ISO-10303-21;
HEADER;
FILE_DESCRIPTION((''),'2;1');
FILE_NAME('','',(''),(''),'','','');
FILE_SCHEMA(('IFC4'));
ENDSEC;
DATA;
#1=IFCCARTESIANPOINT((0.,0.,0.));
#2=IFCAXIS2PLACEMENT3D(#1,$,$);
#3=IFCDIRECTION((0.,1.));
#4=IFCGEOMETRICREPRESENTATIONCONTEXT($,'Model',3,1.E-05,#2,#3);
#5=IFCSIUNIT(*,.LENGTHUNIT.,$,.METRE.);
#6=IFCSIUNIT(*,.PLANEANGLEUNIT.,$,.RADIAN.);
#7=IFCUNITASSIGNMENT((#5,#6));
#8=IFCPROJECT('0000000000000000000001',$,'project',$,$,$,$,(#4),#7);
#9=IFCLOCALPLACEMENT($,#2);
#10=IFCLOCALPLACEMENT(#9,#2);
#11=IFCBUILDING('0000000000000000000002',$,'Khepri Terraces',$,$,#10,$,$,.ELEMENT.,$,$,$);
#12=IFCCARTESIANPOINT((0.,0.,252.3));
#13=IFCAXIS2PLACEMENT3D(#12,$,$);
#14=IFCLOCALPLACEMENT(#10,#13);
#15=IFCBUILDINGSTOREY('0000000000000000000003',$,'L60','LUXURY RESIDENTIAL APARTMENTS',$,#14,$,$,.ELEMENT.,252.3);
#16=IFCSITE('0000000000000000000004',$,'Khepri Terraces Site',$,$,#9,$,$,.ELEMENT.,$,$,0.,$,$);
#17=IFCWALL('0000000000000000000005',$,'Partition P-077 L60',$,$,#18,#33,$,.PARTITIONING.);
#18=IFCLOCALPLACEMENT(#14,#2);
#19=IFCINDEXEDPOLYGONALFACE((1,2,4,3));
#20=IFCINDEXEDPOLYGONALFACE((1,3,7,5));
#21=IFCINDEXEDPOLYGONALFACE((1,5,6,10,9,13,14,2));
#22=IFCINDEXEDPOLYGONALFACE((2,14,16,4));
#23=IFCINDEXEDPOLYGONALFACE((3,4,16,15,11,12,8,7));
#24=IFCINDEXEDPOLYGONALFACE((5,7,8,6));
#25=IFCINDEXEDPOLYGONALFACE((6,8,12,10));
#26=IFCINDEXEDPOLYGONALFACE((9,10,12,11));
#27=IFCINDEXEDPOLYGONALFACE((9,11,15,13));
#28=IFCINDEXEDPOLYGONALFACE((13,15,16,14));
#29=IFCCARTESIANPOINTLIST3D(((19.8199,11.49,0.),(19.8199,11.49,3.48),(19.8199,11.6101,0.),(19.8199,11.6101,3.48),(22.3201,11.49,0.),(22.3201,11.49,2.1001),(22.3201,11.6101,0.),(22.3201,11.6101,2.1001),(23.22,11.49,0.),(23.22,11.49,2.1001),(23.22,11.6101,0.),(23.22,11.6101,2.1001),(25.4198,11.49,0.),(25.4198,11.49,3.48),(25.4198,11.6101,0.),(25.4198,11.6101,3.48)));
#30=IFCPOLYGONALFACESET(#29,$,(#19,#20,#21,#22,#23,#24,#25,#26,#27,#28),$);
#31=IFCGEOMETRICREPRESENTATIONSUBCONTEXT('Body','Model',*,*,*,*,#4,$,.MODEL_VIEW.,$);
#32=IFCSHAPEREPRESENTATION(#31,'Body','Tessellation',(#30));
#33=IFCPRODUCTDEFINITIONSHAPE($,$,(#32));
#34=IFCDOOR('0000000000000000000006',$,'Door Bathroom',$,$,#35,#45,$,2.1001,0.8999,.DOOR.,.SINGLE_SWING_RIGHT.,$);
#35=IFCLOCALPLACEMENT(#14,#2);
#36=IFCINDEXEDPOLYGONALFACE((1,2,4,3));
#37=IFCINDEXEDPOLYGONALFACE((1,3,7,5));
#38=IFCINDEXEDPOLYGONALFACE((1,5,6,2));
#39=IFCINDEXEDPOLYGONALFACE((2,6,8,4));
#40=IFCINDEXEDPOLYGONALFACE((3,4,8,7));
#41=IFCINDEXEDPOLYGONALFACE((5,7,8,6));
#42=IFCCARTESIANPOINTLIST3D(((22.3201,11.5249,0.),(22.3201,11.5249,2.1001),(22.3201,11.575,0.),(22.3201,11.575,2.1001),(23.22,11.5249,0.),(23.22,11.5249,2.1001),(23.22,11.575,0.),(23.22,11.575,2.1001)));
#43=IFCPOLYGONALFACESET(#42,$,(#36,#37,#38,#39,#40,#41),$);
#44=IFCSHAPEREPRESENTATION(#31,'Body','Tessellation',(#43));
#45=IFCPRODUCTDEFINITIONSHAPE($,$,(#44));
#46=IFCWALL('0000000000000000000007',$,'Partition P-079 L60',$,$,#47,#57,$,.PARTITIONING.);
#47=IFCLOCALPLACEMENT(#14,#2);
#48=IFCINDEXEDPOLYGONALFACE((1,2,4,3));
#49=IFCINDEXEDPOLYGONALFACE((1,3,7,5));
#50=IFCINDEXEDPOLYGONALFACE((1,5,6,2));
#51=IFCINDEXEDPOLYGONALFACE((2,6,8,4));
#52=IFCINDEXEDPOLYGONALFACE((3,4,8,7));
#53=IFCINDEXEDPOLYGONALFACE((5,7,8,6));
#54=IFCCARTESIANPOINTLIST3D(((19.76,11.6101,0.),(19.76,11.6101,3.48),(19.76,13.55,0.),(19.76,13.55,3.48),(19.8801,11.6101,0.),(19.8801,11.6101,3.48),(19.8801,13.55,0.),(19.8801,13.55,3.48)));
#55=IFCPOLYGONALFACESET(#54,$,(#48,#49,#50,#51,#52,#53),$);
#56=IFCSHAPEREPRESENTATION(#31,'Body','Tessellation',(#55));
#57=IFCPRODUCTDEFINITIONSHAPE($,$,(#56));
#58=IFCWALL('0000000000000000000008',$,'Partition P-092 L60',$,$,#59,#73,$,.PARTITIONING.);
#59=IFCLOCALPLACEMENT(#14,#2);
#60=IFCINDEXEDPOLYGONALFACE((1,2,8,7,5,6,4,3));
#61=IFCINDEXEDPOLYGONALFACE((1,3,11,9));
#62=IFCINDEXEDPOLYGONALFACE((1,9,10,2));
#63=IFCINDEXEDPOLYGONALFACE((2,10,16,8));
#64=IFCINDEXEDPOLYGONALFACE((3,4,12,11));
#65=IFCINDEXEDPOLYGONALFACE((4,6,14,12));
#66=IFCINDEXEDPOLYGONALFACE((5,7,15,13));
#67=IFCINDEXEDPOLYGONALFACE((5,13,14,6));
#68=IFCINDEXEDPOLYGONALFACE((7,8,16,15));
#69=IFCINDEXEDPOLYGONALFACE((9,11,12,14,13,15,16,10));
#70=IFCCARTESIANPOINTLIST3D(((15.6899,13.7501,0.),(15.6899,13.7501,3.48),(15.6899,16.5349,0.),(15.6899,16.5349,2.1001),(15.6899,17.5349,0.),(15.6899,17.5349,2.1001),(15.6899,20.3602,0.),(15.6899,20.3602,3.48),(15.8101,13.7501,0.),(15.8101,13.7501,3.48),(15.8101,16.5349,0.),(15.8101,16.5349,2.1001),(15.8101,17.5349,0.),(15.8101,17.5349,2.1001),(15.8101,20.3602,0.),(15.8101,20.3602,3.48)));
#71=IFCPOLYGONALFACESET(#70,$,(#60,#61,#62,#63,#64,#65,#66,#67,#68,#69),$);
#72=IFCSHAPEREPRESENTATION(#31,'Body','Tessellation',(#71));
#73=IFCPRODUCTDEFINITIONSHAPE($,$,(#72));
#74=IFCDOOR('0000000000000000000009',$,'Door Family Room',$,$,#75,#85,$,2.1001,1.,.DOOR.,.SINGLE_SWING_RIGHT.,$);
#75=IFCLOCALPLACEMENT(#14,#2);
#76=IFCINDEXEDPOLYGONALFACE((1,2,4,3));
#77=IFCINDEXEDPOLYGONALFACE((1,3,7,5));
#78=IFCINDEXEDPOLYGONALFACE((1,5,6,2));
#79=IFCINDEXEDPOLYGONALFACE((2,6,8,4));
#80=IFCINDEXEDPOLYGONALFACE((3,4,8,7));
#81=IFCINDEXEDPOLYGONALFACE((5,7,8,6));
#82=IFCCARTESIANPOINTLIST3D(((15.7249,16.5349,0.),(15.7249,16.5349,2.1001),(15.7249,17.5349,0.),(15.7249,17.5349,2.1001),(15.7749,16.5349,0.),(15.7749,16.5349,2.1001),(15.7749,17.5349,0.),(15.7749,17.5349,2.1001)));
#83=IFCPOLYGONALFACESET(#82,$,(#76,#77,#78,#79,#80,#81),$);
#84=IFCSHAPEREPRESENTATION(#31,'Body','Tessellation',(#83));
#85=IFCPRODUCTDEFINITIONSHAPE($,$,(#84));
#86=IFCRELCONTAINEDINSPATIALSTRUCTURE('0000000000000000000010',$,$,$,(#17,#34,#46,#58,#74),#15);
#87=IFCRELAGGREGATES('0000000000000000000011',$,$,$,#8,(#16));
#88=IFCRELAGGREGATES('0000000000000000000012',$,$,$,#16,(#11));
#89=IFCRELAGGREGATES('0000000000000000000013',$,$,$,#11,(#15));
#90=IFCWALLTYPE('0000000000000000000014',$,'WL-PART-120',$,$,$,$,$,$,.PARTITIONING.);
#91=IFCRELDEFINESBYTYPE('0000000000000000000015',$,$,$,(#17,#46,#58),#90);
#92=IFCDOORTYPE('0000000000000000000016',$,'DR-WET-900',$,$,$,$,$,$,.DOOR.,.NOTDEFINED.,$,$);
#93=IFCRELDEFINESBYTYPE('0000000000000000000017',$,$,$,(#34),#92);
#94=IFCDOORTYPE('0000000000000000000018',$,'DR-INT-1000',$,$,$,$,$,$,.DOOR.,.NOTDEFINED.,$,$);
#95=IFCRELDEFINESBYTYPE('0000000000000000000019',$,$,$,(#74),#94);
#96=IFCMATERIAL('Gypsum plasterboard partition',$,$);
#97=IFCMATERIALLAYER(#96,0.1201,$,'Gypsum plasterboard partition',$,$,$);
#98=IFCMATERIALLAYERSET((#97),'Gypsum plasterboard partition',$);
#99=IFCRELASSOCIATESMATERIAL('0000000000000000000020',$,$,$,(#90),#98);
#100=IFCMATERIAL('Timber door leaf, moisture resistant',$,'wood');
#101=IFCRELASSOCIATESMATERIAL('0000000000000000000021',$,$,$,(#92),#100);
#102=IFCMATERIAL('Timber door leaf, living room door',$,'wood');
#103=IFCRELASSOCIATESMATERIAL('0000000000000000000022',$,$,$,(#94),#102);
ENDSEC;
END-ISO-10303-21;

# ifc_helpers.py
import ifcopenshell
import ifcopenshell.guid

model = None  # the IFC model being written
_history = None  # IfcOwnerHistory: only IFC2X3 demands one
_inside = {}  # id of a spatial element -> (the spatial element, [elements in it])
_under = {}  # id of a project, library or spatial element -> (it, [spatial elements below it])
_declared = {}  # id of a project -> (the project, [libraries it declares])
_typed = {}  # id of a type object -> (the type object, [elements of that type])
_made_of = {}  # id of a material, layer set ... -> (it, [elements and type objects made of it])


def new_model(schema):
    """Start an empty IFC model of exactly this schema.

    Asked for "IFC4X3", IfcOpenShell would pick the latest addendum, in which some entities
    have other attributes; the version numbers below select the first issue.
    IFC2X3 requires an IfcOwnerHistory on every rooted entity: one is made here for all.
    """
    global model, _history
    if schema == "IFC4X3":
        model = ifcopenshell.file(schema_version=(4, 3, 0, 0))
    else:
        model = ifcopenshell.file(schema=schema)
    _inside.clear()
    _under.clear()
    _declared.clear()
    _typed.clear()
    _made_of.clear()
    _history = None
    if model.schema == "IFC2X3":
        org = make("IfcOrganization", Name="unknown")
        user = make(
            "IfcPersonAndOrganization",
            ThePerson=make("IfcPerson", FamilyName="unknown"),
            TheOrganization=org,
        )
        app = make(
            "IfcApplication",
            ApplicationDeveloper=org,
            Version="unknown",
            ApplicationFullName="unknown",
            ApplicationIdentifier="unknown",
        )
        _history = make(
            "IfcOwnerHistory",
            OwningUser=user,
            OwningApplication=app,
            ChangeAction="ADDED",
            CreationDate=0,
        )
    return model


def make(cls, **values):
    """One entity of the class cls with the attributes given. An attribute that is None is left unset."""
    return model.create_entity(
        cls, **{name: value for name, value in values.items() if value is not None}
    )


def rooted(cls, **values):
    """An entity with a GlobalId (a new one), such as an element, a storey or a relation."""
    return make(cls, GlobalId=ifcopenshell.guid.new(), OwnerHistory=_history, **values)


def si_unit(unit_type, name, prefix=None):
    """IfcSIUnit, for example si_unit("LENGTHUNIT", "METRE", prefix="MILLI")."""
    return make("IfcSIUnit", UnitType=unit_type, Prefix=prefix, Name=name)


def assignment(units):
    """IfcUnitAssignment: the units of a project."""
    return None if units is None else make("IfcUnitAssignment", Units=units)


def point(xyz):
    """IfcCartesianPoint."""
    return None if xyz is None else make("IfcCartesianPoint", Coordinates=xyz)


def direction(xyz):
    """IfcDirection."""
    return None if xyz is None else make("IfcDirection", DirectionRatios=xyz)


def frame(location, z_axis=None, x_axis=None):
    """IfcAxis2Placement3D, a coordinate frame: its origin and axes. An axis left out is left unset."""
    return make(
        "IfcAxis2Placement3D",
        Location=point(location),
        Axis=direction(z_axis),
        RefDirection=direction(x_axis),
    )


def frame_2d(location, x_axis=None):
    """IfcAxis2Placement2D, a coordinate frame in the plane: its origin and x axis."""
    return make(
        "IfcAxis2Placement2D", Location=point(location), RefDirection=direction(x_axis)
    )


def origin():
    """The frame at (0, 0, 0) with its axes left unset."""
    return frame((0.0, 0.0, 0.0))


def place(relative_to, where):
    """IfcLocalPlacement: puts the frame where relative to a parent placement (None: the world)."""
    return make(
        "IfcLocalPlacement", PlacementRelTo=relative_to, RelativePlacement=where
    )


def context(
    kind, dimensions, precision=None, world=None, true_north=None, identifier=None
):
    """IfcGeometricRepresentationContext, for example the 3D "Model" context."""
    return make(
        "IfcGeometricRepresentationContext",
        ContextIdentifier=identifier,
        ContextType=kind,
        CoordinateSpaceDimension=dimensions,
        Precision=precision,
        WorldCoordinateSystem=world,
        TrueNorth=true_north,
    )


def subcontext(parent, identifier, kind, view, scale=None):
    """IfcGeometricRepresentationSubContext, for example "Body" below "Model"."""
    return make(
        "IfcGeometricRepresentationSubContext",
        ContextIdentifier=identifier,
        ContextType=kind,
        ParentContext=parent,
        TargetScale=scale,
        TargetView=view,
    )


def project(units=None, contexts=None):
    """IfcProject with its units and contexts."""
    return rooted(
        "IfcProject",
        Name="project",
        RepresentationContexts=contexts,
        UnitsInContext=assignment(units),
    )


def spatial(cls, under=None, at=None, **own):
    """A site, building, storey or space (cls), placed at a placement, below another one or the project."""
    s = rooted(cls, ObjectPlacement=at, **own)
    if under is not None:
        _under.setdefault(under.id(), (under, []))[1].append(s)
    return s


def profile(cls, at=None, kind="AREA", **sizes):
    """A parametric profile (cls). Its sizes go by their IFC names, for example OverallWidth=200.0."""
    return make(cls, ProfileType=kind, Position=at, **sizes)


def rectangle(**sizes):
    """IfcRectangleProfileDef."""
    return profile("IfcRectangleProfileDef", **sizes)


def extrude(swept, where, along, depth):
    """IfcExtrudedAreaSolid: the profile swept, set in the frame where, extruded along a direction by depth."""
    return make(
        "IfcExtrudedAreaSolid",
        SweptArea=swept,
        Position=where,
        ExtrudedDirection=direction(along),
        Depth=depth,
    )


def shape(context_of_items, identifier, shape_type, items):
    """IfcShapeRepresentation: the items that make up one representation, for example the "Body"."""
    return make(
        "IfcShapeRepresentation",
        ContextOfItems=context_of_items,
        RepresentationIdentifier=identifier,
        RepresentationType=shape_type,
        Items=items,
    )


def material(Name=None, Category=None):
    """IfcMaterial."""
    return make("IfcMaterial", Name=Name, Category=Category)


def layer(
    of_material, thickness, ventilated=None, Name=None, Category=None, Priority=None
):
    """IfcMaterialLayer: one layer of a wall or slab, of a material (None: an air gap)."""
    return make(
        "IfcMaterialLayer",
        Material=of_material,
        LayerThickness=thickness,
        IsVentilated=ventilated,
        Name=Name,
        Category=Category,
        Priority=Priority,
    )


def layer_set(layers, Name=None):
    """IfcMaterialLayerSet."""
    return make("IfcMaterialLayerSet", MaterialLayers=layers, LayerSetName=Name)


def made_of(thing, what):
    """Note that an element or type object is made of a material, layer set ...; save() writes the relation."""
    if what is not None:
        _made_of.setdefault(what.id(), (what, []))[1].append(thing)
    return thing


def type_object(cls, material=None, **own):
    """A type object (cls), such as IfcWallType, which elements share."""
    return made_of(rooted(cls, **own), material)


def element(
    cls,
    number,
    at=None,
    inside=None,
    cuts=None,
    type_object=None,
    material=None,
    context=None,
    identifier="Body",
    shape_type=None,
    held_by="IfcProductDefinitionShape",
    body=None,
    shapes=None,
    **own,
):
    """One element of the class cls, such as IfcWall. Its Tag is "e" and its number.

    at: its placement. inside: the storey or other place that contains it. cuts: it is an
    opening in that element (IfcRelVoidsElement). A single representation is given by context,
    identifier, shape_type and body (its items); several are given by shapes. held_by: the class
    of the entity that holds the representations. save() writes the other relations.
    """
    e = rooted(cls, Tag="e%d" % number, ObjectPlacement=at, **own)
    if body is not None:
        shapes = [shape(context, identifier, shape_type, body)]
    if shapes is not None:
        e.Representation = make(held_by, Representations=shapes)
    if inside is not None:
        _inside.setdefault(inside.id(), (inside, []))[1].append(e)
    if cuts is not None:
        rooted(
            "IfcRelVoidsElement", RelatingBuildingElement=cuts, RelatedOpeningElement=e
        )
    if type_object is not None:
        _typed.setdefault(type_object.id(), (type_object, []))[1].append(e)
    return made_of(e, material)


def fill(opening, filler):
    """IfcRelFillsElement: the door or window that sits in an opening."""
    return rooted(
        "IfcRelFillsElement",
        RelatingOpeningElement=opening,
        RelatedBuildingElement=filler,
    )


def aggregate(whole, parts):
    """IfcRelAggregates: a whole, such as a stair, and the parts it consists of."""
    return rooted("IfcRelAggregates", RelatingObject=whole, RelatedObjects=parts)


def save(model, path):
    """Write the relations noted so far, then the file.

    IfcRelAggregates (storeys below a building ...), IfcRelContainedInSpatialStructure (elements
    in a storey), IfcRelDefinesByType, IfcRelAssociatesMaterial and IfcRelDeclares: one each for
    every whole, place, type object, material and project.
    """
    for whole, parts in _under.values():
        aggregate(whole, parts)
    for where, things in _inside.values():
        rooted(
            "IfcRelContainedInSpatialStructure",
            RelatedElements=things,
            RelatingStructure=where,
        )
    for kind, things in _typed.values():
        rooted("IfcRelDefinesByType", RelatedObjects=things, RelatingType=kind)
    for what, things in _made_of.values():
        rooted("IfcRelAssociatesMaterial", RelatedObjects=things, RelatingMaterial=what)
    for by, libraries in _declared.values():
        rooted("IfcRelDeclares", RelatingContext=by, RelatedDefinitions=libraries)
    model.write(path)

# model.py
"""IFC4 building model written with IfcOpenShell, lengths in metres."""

from ifc_helpers import new_model, si_unit, direction, frame, frame_2d, origin, place, context, subcontext, project, spatial, rectangle, extrude, material, layer, layer_set, type_object, element, fill, save


model = new_model("IFC4")

# Units and contexts
model_context = context("Model", 3, precision=1e-05, world=origin(), true_north=direction((0.0, 1.0)))
body_context = subcontext(model_context, "Body", "Model", "MODEL_VIEW")
ifc_project = project(units=[si_unit("LENGTHUNIT", "METRE"), si_unit("PLANEANGLEUNIT", "RADIAN")], contexts=[model_context])

# Site, building, storey
site_placement = place(None, origin())
site = spatial("IfcSite", under=ifc_project, at=site_placement, Name="Khepri Terraces Site", CompositionType="ELEMENT", RefElevation=0.0)
building_placement = place(site_placement, origin())
building = spatial("IfcBuilding", under=site, at=building_placement, Name="Khepri Terraces", CompositionType="ELEMENT")
storey_placement = place(building_placement, frame((0.0, 0.0, 252.3)))
storey = spatial("IfcBuildingStorey", under=building, at=storey_placement, Name="L60", Description="LUXURY RESIDENTIAL APARTMENTS", CompositionType="ELEMENT", Elevation=252.3)

# Wall, opening, door
ifc_material_1 = material(Name="Gypsum plasterboard partition")
ifc_layer_1 = layer(ifc_material_1, 0.1201, Name="Gypsum plasterboard partition")
ifc_layer_set_1 = layer_set([ifc_layer_1], Name="Gypsum plasterboard partition")
wall_type_1 = type_object("IfcWallType", Name="WL-PART-120", PredefinedType="PARTITIONING", material=ifc_layer_set_1)
wall_1_placement = place(storey_placement, frame((19.8201, 11.55, 0.0), z_axis=(0.0, 0.0, 1.0), x_axis=(1.0, 0.0, 0.0)))
wall_1 = element("IfcWall", 1, at=wall_1_placement, inside=storey, type_object=wall_type_1, Name="Partition P-077 L60", PredefinedType="PARTITIONING", context=body_context, shape_type="SweptSolid", body=[
    extrude(rectangle(XDim=5.5999, YDim=0.1201, at=frame_2d((2.7998, 0.0))), origin(), (0.0, 0.0, 1.0), 3.48),
])
opening_1_placement = place(wall_1_placement, frame((2.5, 0.0, 0.0)))
opening_1 = element("IfcOpeningElement", 2, at=opening_1_placement, cuts=wall_1, PredefinedType="OPENING", context=body_context, shape_type="SweptSolid", body=[
    extrude(rectangle(XDim=0.8999, YDim=2.1001, at=frame_2d((0.45, 1.05))), frame((0.0, 0.0701, 0.0), z_axis=(0.0, -1.0, 0.0), x_axis=(1.0, 0.0, 0.0)), (0.0, 0.0, 1.0), 0.1401),
])
ifc_material_2 = material(Name="Timber door leaf, moisture resistant", Category="wood")
door_type_1 = type_object("IfcDoorType", Name="DR-WET-900", OperationType="NOTDEFINED", PredefinedType="DOOR", material=ifc_material_2)
door_1_placement = place(opening_1_placement, origin())
door_1 = element("IfcDoor", 3, at=door_1_placement, inside=storey, type_object=door_type_1, Name="Door Bathroom", OperationType="SINGLE_SWING_RIGHT", OverallHeight=2.1001, OverallWidth=0.8999, PredefinedType="DOOR", context=body_context, shape_type="SweptSolid", body=[
    extrude(rectangle(XDim=0.8999, YDim=2.1001, at=frame_2d((0.45, 1.05))), frame((0.0, 0.0249, 0.0), z_axis=(0.0, -1.0, 0.0), x_axis=(1.0, 0.0, 0.0)), (0.0, 0.0, 1.0), 0.05),
])
fill(opening_1, door_1)

# Wall
wall_2_placement = place(storey_placement, frame((19.8201, 11.6101, 0.0), z_axis=(0.0, 0.0, 1.0), x_axis=(0.0, 1.0, 0.0)))
element("IfcWall", 4, at=wall_2_placement, inside=storey, type_object=wall_type_1, Name="Partition P-079 L60", PredefinedType="PARTITIONING", context=body_context, shape_type="SweptSolid", body=[
    extrude(rectangle(XDim=1.9399, YDim=0.1201, at=frame_2d((0.97, 0.0))), origin(), (0.0, 0.0, 1.0), 3.48),
])

# Wall, opening, door
wall_3_placement = place(storey_placement, frame((15.75, 13.75, 0.0), z_axis=(0.0, 0.0, 1.0), x_axis=(0.0, 1.0, 0.0)))
wall_3 = element("IfcWall", 5, at=wall_3_placement, inside=storey, type_object=wall_type_1, Name="Partition P-092 L60", PredefinedType="PARTITIONING", context=body_context, shape_type="SweptSolid", body=[
    extrude(rectangle(XDim=6.6101, YDim=0.1201, at=frame_2d((3.3052, 0.0))), origin(), (0.0, 0.0, 1.0), 3.48),
])
opening_2_placement = place(wall_3_placement, frame((2.7849, 0.0, 0.0)))
opening_2 = element("IfcOpeningElement", 6, at=opening_2_placement, cuts=wall_3, PredefinedType="OPENING", context=body_context, shape_type="SweptSolid", body=[
    extrude(rectangle(XDim=1.0, YDim=2.1001, at=frame_2d((0.5, 1.05))), frame((0.0, 0.0701, 0.0), z_axis=(0.0, -1.0, 0.0), x_axis=(1.0, 0.0, 0.0)), (0.0, 0.0, 1.0), 0.1401),
])
ifc_material_3 = material(Name="Timber door leaf, living room door", Category="wood")
door_type_2 = type_object("IfcDoorType", Name="DR-INT-1000", OperationType="NOTDEFINED", PredefinedType="DOOR", material=ifc_material_3)
door_2_placement = place(opening_2_placement, frame((1.0, 0.0, 0.0), z_axis=(0.0, 0.0, 1.0), x_axis=(-1.0, 0.0, 0.0)))
door_2 = element("IfcDoor", 7, at=door_2_placement, inside=storey, type_object=door_type_2, Name="Door Family Room", OperationType="SINGLE_SWING_RIGHT", OverallHeight=2.1001, OverallWidth=1.0, PredefinedType="DOOR", context=body_context, shape_type="SweptSolid", body=[
    extrude(rectangle(XDim=1.0, YDim=2.1001, at=frame_2d((0.5, 1.05))), frame((0.0, 0.0249, 0.0), z_axis=(0.0, -1.0, 0.0), x_axis=(1.0, 0.0, 0.0)), (0.0, 0.0, 1.0), 0.05),
])
fill(opening_2, door_2)

save(model, "model.ifc")
